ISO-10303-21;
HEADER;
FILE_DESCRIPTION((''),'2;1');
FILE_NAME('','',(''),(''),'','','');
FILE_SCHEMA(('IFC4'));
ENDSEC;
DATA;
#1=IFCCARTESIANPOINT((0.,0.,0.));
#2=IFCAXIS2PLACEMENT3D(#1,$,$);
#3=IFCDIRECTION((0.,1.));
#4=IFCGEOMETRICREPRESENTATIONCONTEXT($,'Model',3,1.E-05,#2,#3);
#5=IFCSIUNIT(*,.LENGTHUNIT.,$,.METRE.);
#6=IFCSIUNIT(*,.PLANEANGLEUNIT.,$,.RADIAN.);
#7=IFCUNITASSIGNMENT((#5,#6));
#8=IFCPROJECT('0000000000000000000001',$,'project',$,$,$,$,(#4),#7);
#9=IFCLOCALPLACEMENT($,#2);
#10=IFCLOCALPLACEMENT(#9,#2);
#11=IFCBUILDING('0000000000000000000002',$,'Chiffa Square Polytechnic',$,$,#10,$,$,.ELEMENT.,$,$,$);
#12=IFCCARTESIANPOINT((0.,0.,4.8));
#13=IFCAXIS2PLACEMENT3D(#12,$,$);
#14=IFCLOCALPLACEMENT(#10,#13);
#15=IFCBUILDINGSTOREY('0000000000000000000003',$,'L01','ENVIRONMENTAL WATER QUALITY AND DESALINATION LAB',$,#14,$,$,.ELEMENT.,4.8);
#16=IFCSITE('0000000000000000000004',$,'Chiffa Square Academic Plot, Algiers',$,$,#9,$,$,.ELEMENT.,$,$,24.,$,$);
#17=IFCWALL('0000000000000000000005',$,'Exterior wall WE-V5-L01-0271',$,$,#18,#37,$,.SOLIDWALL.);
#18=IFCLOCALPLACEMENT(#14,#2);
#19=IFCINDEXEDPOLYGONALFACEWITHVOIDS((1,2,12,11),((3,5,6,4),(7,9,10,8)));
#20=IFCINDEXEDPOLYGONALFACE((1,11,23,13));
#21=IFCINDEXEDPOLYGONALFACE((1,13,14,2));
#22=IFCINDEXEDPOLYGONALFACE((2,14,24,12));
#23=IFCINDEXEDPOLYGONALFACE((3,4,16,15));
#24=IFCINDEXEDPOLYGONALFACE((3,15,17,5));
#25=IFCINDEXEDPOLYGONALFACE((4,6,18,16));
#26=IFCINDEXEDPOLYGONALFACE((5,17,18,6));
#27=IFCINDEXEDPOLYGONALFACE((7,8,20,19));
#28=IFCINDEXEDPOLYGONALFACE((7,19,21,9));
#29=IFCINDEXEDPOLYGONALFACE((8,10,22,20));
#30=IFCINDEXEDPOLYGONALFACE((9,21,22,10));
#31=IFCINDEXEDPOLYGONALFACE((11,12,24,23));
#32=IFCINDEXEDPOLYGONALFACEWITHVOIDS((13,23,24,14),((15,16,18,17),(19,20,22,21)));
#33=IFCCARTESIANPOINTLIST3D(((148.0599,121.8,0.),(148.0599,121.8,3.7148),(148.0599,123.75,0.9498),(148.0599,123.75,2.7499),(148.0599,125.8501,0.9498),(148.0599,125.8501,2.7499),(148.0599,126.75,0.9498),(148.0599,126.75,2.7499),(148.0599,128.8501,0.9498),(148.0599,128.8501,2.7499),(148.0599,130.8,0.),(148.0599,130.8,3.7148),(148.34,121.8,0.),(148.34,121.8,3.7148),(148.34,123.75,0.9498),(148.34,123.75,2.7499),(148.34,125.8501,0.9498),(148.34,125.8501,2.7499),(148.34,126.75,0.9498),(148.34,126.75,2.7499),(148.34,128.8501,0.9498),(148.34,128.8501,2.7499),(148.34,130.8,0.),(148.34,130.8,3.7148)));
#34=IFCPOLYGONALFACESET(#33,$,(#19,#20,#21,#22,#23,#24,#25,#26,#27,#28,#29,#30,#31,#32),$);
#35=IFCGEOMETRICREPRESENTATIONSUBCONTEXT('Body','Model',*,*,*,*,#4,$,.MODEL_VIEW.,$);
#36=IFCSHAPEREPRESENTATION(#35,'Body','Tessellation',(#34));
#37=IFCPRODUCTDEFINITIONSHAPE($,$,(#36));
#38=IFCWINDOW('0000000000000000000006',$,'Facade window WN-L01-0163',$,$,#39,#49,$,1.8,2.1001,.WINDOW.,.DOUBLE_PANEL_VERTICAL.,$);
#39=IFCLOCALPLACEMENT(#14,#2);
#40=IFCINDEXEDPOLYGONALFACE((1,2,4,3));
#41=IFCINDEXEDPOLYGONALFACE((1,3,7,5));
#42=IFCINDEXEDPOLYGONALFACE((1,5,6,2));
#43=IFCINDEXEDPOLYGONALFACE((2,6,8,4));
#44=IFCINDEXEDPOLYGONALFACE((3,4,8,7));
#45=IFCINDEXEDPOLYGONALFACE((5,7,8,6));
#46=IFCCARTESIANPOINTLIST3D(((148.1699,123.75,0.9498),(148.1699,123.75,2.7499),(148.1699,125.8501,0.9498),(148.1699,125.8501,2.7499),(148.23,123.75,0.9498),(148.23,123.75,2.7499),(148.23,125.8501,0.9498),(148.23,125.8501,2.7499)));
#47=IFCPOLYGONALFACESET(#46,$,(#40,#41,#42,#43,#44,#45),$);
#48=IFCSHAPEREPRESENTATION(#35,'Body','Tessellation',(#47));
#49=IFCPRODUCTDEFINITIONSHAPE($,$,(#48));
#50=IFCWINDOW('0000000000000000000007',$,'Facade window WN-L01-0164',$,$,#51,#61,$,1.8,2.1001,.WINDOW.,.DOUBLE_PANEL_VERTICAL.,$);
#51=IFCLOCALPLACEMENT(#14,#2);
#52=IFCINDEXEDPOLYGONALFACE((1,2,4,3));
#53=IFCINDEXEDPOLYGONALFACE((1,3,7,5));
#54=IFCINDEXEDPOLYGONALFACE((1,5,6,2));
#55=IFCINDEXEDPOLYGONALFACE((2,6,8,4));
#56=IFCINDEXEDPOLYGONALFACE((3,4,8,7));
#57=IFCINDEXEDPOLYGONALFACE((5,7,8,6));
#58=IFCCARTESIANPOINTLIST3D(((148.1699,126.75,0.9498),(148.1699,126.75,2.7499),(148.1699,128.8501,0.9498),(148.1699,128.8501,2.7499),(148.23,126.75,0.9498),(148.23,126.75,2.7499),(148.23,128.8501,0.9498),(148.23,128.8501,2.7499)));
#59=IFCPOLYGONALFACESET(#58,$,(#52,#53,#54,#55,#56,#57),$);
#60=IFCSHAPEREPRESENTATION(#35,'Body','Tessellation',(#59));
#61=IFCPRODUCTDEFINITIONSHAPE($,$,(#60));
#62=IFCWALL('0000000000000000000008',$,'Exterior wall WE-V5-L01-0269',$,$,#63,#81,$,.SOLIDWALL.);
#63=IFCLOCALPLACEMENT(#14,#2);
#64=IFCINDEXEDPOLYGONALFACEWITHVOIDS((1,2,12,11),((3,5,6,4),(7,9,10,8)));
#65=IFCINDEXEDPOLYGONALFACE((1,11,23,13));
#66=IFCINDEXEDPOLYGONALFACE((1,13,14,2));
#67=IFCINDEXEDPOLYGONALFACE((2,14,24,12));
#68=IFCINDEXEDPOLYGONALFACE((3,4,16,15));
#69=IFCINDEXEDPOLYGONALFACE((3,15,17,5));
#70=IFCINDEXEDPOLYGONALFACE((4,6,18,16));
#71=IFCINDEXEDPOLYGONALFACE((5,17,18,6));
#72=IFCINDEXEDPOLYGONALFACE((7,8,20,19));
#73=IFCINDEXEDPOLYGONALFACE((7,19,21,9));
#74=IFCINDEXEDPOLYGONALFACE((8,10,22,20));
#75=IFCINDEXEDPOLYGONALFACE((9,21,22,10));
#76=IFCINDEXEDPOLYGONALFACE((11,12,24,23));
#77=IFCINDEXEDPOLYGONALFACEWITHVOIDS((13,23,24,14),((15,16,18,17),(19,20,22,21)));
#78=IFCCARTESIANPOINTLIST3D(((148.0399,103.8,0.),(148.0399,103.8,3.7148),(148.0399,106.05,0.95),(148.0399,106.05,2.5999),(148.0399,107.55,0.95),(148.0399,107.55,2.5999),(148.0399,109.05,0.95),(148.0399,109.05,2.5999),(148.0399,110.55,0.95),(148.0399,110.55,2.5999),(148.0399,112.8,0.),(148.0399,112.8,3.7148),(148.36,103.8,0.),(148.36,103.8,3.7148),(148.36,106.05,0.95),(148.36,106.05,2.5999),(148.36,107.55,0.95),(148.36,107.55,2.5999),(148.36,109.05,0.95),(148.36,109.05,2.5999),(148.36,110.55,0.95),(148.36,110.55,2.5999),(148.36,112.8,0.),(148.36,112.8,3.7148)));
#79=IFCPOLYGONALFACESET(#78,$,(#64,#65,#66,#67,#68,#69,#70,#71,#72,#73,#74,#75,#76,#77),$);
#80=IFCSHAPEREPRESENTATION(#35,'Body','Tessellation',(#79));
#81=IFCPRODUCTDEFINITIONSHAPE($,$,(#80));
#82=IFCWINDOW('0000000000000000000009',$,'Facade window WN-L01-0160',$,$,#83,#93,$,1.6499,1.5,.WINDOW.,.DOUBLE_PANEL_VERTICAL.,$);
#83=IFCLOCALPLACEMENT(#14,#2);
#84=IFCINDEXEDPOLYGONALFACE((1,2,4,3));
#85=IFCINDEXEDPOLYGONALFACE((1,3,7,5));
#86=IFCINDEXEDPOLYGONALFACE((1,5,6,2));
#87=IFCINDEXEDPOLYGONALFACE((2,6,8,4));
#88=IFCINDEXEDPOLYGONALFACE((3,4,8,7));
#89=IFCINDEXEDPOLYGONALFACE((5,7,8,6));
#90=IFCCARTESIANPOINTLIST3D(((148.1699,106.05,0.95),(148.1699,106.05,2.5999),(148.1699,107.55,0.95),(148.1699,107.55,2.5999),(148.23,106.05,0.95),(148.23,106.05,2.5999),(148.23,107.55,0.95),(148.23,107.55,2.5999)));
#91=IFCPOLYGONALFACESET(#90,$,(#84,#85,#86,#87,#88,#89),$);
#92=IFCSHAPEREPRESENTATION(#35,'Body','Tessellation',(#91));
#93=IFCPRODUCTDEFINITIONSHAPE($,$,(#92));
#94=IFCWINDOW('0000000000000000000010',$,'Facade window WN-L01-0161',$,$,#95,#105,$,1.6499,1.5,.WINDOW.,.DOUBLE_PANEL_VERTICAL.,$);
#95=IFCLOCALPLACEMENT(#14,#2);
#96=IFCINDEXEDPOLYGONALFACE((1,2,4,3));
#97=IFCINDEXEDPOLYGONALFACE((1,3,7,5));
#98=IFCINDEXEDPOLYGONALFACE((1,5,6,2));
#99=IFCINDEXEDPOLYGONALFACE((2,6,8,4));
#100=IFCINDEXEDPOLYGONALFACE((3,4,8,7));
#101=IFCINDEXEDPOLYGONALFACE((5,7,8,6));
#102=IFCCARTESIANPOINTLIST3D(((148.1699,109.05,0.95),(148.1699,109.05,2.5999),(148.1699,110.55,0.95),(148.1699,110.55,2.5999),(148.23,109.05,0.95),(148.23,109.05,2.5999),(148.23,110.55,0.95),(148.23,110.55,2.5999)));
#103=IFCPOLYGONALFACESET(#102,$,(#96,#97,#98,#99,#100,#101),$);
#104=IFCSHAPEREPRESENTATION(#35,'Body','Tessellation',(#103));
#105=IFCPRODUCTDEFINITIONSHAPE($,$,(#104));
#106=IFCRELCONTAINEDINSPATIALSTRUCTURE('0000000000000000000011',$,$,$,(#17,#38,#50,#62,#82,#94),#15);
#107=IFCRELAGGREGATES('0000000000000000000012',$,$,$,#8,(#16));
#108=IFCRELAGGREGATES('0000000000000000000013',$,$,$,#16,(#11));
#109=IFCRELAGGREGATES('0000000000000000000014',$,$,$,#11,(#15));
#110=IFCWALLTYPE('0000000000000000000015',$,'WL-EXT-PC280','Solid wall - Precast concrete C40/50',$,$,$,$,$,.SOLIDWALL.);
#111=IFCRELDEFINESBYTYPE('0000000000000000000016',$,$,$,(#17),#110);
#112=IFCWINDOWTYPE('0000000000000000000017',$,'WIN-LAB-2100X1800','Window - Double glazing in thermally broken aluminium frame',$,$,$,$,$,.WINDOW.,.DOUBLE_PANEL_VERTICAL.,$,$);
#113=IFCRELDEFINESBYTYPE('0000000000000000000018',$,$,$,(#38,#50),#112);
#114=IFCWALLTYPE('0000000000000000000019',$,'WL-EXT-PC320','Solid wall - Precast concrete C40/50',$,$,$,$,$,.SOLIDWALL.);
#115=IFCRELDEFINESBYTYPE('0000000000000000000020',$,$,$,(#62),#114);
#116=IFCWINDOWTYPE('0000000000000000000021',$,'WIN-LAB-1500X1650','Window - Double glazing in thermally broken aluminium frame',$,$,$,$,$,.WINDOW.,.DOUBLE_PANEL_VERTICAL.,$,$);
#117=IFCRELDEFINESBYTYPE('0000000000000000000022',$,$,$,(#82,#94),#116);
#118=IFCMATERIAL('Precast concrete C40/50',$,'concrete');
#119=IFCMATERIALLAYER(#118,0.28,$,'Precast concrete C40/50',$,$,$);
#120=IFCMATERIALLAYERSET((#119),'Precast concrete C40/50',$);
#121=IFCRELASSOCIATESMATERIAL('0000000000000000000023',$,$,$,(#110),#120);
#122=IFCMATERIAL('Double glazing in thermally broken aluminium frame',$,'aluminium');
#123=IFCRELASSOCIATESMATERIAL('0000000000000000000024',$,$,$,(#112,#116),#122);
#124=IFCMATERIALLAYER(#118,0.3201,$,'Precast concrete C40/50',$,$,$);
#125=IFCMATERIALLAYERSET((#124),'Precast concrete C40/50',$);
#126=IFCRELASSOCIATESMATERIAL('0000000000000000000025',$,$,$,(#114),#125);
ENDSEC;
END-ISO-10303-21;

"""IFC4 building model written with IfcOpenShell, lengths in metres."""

from ifc_helpers import new_model, si_unit, direction, frame, frame_2d, origin, place, context, subcontext, project, spatial, rectangle, extrude, material, layer, layer_set, type_object, element, fill, save


model = new_model("IFC4")

# Units and contexts
model_context = context("Model", 3, precision=1e-05, world=origin(), true_north=direction((0.0, 1.0)))
body_context = subcontext(model_context, "Body", "Model", "MODEL_VIEW")
ifc_project = project(units=[si_unit("LENGTHUNIT", "METRE"), si_unit("PLANEANGLEUNIT", "RADIAN")], contexts=[model_context])

# Site, building, storey
site_placement = place(None, origin())
site = spatial("IfcSite", under=ifc_project, at=site_placement, Name="Chiffa Square Academic Plot, Algiers", CompositionType="ELEMENT", RefElevation=24.0)
building_placement = place(site_placement, origin())
building = spatial("IfcBuilding", under=site, at=building_placement, Name="Chiffa Square Polytechnic", CompositionType="ELEMENT")
storey_placement = place(building_placement, frame((0.0, 0.0, 4.8)))
storey = spatial("IfcBuildingStorey", under=building, at=storey_placement, Name="L01", Description="ENVIRONMENTAL WATER QUALITY AND DESALINATION LAB", CompositionType="ELEMENT", Elevation=4.8)

# Shared definitions
ifc_material_1 = material(Name="Precast concrete C40/50", Category="concrete")
ifc_material_2 = material(Name="Double glazing in thermally broken aluminium frame", Category="aluminium")

# Shared definitions
ifc_layer_1 = layer(ifc_material_1, 0.28, Name="Precast concrete C40/50")
ifc_layer_set_1 = layer_set([ifc_layer_1], Name="Precast concrete C40/50")
wall_type_1 = type_object("IfcWallType", Name="WL-EXT-PC280", Description="Solid wall - Precast concrete C40/50", PredefinedType="SOLIDWALL", material=ifc_layer_set_1)

# Walls, openings, windows
wall_1_placement = place(storey_placement, frame((148.2, 121.8, 0.0), z_axis=(0.0, 0.0, 1.0), x_axis=(0.0, 1.0, 0.0)))
wall_1 = element("IfcWall", 1, at=wall_1_placement, inside=storey, type_object=wall_type_1, Name="Exterior wall WE-V5-L01-0271", PredefinedType="SOLIDWALL", context=body_context, shape_type="SweptSolid", body=[
    extrude(rectangle(XDim=9.0, YDim=0.28, at=frame_2d((4.5, 0.0))), origin(), (0.0, 0.0, 1.0), 3.7148),
])
opening_1_placement = place(wall_1_placement, frame((1.95, 0.0, 0.95)))
opening_1 = element("IfcOpeningElement", 2, at=opening_1_placement, cuts=wall_1, PredefinedType="OPENING", context=body_context, shape_type="SweptSolid", body=[
    extrude(rectangle(XDim=2.1001, YDim=1.8, at=frame_2d((1.05, 0.8999))), frame((0.0, 0.1499, 0.0), z_axis=(0.0, -1.0, 0.0), x_axis=(1.0, 0.0, 0.0)), (0.0, 0.0, 1.0), 0.3),
])
opening_2_placement = place(wall_1_placement, frame((4.95, 0.0, 0.95)))
opening_2 = element("IfcOpeningElement", 3, at=opening_2_placement, cuts=wall_1, PredefinedType="OPENING", context=body_context, shape_type="SweptSolid", body=[
    extrude(rectangle(XDim=2.1001, YDim=1.8, at=frame_2d((1.05, 0.8999))), frame((0.0, 0.1499, 0.0), z_axis=(0.0, -1.0, 0.0), x_axis=(1.0, 0.0, 0.0)), (0.0, 0.0, 1.0), 0.3),
])
window_type_1 = type_object("IfcWindowType", Name="WIN-LAB-2100X1800", Description="Window - Double glazing in thermally broken aluminium frame", PartitioningType="DOUBLE_PANEL_VERTICAL", PredefinedType="WINDOW", material=ifc_material_2)
window_1_placement = place(opening_1_placement, origin())
window_1 = element("IfcWindow", 4, at=window_1_placement, inside=storey, type_object=window_type_1, Name="Facade window WN-L01-0163", OverallHeight=1.8, OverallWidth=2.1001, PartitioningType="DOUBLE_PANEL_VERTICAL", PredefinedType="WINDOW", context=body_context, shape_type="SweptSolid", body=[
    extrude(rectangle(XDim=2.1001, YDim=1.8, at=frame_2d((1.05, 0.8999))), frame((0.0, 0.03, 0.0), z_axis=(0.0, -1.0, 0.0), x_axis=(1.0, 0.0, 0.0)), (0.0, 0.0, 1.0), 0.0601),
])
fill(opening_1, window_1)
window_2_placement = place(opening_2_placement, origin())
window_2 = element("IfcWindow", 5, at=window_2_placement, inside=storey, type_object=window_type_1, Name="Facade window WN-L01-0164", OverallHeight=1.8, OverallWidth=2.1001, PartitioningType="DOUBLE_PANEL_VERTICAL", PredefinedType="WINDOW", context=body_context, shape_type="SweptSolid", body=[
    extrude(rectangle(XDim=2.1001, YDim=1.8, at=frame_2d((1.05, 0.8999))), frame((0.0, 0.03, 0.0), z_axis=(0.0, -1.0, 0.0), x_axis=(1.0, 0.0, 0.0)), (0.0, 0.0, 1.0), 0.0601),
])
fill(opening_2, window_2)
ifc_layer_2 = layer(ifc_material_1, 0.3201, Name="Precast concrete C40/50")
ifc_layer_set_2 = layer_set([ifc_layer_2], Name="Precast concrete C40/50")
wall_type_2 = type_object("IfcWallType", Name="WL-EXT-PC320", Description="Solid wall - Precast concrete C40/50", PredefinedType="SOLIDWALL", material=ifc_layer_set_2)
wall_2_placement = place(storey_placement, frame((148.2, 103.8, 0.0), z_axis=(0.0, 0.0, 1.0), x_axis=(0.0, 1.0, 0.0)))
wall_2 = element("IfcWall", 6, at=wall_2_placement, inside=storey, type_object=wall_type_2, Name="Exterior wall WE-V5-L01-0269", PredefinedType="SOLIDWALL", context=body_context, shape_type="SweptSolid", body=[
    extrude(rectangle(XDim=9.0, YDim=0.3201, at=frame_2d((4.5, 0.0))), origin(), (0.0, 0.0, 1.0), 3.7148),
])
opening_3_placement = place(wall_2_placement, frame((2.25, 0.0, 0.95)))
opening_3 = element("IfcOpeningElement", 7, at=opening_3_placement, cuts=wall_2, PredefinedType="OPENING", context=body_context, shape_type="SweptSolid", body=[
    extrude(rectangle(XDim=1.5, YDim=1.6499, at=frame_2d((0.75, 0.825))), frame((0.0, 0.1699, 0.0), z_axis=(0.0, -1.0, 0.0), x_axis=(1.0, 0.0, 0.0)), (0.0, 0.0, 1.0), 0.3401),
])
opening_4_placement = place(wall_2_placement, frame((5.25, 0.0, 0.95)))
opening_4 = element("IfcOpeningElement", 8, at=opening_4_placement, cuts=wall_2, PredefinedType="OPENING", context=body_context, shape_type="SweptSolid", body=[
    extrude(rectangle(XDim=1.5, YDim=1.6499, at=frame_2d((0.75, 0.825))), frame((0.0, 0.1699, 0.0), z_axis=(0.0, -1.0, 0.0), x_axis=(1.0, 0.0, 0.0)), (0.0, 0.0, 1.0), 0.3401),
])
window_type_2 = type_object("IfcWindowType", Name="WIN-LAB-1500X1650", Description="Window - Double glazing in thermally broken aluminium frame", PartitioningType="DOUBLE_PANEL_VERTICAL", PredefinedType="WINDOW", material=ifc_material_2)
window_3_placement = place(opening_3_placement, origin())
window_3 = element("IfcWindow", 9, at=window_3_placement, inside=storey, type_object=window_type_2, Name="Facade window WN-L01-0160", OverallHeight=1.6499, OverallWidth=1.5, PartitioningType="DOUBLE_PANEL_VERTICAL", PredefinedType="WINDOW", context=body_context, shape_type="SweptSolid", body=[
    extrude(rectangle(XDim=1.5, YDim=1.6499, at=frame_2d((0.75, 0.825))), frame((0.0, 0.03, 0.0), z_axis=(0.0, -1.0, 0.0), x_axis=(1.0, 0.0, 0.0)), (0.0, 0.0, 1.0), 0.0601),
])
fill(opening_3, window_3)
window_4_placement = place(opening_4_placement, origin())
window_4 = element("IfcWindow", 10, at=window_4_placement, inside=storey, type_object=window_type_2, Name="Facade window WN-L01-0161", OverallHeight=1.6499, OverallWidth=1.5, PartitioningType="DOUBLE_PANEL_VERTICAL", PredefinedType="WINDOW", context=body_context, shape_type="SweptSolid", body=[
    extrude(rectangle(XDim=1.5, YDim=1.6499, at=frame_2d((0.75, 0.825))), frame((0.0, 0.03, 0.0), z_axis=(0.0, -1.0, 0.0), x_axis=(1.0, 0.0, 0.0)), (0.0, 0.0, 1.0), 0.0601),
])
fill(opening_4, window_4)

save(model, "model.ifc")
